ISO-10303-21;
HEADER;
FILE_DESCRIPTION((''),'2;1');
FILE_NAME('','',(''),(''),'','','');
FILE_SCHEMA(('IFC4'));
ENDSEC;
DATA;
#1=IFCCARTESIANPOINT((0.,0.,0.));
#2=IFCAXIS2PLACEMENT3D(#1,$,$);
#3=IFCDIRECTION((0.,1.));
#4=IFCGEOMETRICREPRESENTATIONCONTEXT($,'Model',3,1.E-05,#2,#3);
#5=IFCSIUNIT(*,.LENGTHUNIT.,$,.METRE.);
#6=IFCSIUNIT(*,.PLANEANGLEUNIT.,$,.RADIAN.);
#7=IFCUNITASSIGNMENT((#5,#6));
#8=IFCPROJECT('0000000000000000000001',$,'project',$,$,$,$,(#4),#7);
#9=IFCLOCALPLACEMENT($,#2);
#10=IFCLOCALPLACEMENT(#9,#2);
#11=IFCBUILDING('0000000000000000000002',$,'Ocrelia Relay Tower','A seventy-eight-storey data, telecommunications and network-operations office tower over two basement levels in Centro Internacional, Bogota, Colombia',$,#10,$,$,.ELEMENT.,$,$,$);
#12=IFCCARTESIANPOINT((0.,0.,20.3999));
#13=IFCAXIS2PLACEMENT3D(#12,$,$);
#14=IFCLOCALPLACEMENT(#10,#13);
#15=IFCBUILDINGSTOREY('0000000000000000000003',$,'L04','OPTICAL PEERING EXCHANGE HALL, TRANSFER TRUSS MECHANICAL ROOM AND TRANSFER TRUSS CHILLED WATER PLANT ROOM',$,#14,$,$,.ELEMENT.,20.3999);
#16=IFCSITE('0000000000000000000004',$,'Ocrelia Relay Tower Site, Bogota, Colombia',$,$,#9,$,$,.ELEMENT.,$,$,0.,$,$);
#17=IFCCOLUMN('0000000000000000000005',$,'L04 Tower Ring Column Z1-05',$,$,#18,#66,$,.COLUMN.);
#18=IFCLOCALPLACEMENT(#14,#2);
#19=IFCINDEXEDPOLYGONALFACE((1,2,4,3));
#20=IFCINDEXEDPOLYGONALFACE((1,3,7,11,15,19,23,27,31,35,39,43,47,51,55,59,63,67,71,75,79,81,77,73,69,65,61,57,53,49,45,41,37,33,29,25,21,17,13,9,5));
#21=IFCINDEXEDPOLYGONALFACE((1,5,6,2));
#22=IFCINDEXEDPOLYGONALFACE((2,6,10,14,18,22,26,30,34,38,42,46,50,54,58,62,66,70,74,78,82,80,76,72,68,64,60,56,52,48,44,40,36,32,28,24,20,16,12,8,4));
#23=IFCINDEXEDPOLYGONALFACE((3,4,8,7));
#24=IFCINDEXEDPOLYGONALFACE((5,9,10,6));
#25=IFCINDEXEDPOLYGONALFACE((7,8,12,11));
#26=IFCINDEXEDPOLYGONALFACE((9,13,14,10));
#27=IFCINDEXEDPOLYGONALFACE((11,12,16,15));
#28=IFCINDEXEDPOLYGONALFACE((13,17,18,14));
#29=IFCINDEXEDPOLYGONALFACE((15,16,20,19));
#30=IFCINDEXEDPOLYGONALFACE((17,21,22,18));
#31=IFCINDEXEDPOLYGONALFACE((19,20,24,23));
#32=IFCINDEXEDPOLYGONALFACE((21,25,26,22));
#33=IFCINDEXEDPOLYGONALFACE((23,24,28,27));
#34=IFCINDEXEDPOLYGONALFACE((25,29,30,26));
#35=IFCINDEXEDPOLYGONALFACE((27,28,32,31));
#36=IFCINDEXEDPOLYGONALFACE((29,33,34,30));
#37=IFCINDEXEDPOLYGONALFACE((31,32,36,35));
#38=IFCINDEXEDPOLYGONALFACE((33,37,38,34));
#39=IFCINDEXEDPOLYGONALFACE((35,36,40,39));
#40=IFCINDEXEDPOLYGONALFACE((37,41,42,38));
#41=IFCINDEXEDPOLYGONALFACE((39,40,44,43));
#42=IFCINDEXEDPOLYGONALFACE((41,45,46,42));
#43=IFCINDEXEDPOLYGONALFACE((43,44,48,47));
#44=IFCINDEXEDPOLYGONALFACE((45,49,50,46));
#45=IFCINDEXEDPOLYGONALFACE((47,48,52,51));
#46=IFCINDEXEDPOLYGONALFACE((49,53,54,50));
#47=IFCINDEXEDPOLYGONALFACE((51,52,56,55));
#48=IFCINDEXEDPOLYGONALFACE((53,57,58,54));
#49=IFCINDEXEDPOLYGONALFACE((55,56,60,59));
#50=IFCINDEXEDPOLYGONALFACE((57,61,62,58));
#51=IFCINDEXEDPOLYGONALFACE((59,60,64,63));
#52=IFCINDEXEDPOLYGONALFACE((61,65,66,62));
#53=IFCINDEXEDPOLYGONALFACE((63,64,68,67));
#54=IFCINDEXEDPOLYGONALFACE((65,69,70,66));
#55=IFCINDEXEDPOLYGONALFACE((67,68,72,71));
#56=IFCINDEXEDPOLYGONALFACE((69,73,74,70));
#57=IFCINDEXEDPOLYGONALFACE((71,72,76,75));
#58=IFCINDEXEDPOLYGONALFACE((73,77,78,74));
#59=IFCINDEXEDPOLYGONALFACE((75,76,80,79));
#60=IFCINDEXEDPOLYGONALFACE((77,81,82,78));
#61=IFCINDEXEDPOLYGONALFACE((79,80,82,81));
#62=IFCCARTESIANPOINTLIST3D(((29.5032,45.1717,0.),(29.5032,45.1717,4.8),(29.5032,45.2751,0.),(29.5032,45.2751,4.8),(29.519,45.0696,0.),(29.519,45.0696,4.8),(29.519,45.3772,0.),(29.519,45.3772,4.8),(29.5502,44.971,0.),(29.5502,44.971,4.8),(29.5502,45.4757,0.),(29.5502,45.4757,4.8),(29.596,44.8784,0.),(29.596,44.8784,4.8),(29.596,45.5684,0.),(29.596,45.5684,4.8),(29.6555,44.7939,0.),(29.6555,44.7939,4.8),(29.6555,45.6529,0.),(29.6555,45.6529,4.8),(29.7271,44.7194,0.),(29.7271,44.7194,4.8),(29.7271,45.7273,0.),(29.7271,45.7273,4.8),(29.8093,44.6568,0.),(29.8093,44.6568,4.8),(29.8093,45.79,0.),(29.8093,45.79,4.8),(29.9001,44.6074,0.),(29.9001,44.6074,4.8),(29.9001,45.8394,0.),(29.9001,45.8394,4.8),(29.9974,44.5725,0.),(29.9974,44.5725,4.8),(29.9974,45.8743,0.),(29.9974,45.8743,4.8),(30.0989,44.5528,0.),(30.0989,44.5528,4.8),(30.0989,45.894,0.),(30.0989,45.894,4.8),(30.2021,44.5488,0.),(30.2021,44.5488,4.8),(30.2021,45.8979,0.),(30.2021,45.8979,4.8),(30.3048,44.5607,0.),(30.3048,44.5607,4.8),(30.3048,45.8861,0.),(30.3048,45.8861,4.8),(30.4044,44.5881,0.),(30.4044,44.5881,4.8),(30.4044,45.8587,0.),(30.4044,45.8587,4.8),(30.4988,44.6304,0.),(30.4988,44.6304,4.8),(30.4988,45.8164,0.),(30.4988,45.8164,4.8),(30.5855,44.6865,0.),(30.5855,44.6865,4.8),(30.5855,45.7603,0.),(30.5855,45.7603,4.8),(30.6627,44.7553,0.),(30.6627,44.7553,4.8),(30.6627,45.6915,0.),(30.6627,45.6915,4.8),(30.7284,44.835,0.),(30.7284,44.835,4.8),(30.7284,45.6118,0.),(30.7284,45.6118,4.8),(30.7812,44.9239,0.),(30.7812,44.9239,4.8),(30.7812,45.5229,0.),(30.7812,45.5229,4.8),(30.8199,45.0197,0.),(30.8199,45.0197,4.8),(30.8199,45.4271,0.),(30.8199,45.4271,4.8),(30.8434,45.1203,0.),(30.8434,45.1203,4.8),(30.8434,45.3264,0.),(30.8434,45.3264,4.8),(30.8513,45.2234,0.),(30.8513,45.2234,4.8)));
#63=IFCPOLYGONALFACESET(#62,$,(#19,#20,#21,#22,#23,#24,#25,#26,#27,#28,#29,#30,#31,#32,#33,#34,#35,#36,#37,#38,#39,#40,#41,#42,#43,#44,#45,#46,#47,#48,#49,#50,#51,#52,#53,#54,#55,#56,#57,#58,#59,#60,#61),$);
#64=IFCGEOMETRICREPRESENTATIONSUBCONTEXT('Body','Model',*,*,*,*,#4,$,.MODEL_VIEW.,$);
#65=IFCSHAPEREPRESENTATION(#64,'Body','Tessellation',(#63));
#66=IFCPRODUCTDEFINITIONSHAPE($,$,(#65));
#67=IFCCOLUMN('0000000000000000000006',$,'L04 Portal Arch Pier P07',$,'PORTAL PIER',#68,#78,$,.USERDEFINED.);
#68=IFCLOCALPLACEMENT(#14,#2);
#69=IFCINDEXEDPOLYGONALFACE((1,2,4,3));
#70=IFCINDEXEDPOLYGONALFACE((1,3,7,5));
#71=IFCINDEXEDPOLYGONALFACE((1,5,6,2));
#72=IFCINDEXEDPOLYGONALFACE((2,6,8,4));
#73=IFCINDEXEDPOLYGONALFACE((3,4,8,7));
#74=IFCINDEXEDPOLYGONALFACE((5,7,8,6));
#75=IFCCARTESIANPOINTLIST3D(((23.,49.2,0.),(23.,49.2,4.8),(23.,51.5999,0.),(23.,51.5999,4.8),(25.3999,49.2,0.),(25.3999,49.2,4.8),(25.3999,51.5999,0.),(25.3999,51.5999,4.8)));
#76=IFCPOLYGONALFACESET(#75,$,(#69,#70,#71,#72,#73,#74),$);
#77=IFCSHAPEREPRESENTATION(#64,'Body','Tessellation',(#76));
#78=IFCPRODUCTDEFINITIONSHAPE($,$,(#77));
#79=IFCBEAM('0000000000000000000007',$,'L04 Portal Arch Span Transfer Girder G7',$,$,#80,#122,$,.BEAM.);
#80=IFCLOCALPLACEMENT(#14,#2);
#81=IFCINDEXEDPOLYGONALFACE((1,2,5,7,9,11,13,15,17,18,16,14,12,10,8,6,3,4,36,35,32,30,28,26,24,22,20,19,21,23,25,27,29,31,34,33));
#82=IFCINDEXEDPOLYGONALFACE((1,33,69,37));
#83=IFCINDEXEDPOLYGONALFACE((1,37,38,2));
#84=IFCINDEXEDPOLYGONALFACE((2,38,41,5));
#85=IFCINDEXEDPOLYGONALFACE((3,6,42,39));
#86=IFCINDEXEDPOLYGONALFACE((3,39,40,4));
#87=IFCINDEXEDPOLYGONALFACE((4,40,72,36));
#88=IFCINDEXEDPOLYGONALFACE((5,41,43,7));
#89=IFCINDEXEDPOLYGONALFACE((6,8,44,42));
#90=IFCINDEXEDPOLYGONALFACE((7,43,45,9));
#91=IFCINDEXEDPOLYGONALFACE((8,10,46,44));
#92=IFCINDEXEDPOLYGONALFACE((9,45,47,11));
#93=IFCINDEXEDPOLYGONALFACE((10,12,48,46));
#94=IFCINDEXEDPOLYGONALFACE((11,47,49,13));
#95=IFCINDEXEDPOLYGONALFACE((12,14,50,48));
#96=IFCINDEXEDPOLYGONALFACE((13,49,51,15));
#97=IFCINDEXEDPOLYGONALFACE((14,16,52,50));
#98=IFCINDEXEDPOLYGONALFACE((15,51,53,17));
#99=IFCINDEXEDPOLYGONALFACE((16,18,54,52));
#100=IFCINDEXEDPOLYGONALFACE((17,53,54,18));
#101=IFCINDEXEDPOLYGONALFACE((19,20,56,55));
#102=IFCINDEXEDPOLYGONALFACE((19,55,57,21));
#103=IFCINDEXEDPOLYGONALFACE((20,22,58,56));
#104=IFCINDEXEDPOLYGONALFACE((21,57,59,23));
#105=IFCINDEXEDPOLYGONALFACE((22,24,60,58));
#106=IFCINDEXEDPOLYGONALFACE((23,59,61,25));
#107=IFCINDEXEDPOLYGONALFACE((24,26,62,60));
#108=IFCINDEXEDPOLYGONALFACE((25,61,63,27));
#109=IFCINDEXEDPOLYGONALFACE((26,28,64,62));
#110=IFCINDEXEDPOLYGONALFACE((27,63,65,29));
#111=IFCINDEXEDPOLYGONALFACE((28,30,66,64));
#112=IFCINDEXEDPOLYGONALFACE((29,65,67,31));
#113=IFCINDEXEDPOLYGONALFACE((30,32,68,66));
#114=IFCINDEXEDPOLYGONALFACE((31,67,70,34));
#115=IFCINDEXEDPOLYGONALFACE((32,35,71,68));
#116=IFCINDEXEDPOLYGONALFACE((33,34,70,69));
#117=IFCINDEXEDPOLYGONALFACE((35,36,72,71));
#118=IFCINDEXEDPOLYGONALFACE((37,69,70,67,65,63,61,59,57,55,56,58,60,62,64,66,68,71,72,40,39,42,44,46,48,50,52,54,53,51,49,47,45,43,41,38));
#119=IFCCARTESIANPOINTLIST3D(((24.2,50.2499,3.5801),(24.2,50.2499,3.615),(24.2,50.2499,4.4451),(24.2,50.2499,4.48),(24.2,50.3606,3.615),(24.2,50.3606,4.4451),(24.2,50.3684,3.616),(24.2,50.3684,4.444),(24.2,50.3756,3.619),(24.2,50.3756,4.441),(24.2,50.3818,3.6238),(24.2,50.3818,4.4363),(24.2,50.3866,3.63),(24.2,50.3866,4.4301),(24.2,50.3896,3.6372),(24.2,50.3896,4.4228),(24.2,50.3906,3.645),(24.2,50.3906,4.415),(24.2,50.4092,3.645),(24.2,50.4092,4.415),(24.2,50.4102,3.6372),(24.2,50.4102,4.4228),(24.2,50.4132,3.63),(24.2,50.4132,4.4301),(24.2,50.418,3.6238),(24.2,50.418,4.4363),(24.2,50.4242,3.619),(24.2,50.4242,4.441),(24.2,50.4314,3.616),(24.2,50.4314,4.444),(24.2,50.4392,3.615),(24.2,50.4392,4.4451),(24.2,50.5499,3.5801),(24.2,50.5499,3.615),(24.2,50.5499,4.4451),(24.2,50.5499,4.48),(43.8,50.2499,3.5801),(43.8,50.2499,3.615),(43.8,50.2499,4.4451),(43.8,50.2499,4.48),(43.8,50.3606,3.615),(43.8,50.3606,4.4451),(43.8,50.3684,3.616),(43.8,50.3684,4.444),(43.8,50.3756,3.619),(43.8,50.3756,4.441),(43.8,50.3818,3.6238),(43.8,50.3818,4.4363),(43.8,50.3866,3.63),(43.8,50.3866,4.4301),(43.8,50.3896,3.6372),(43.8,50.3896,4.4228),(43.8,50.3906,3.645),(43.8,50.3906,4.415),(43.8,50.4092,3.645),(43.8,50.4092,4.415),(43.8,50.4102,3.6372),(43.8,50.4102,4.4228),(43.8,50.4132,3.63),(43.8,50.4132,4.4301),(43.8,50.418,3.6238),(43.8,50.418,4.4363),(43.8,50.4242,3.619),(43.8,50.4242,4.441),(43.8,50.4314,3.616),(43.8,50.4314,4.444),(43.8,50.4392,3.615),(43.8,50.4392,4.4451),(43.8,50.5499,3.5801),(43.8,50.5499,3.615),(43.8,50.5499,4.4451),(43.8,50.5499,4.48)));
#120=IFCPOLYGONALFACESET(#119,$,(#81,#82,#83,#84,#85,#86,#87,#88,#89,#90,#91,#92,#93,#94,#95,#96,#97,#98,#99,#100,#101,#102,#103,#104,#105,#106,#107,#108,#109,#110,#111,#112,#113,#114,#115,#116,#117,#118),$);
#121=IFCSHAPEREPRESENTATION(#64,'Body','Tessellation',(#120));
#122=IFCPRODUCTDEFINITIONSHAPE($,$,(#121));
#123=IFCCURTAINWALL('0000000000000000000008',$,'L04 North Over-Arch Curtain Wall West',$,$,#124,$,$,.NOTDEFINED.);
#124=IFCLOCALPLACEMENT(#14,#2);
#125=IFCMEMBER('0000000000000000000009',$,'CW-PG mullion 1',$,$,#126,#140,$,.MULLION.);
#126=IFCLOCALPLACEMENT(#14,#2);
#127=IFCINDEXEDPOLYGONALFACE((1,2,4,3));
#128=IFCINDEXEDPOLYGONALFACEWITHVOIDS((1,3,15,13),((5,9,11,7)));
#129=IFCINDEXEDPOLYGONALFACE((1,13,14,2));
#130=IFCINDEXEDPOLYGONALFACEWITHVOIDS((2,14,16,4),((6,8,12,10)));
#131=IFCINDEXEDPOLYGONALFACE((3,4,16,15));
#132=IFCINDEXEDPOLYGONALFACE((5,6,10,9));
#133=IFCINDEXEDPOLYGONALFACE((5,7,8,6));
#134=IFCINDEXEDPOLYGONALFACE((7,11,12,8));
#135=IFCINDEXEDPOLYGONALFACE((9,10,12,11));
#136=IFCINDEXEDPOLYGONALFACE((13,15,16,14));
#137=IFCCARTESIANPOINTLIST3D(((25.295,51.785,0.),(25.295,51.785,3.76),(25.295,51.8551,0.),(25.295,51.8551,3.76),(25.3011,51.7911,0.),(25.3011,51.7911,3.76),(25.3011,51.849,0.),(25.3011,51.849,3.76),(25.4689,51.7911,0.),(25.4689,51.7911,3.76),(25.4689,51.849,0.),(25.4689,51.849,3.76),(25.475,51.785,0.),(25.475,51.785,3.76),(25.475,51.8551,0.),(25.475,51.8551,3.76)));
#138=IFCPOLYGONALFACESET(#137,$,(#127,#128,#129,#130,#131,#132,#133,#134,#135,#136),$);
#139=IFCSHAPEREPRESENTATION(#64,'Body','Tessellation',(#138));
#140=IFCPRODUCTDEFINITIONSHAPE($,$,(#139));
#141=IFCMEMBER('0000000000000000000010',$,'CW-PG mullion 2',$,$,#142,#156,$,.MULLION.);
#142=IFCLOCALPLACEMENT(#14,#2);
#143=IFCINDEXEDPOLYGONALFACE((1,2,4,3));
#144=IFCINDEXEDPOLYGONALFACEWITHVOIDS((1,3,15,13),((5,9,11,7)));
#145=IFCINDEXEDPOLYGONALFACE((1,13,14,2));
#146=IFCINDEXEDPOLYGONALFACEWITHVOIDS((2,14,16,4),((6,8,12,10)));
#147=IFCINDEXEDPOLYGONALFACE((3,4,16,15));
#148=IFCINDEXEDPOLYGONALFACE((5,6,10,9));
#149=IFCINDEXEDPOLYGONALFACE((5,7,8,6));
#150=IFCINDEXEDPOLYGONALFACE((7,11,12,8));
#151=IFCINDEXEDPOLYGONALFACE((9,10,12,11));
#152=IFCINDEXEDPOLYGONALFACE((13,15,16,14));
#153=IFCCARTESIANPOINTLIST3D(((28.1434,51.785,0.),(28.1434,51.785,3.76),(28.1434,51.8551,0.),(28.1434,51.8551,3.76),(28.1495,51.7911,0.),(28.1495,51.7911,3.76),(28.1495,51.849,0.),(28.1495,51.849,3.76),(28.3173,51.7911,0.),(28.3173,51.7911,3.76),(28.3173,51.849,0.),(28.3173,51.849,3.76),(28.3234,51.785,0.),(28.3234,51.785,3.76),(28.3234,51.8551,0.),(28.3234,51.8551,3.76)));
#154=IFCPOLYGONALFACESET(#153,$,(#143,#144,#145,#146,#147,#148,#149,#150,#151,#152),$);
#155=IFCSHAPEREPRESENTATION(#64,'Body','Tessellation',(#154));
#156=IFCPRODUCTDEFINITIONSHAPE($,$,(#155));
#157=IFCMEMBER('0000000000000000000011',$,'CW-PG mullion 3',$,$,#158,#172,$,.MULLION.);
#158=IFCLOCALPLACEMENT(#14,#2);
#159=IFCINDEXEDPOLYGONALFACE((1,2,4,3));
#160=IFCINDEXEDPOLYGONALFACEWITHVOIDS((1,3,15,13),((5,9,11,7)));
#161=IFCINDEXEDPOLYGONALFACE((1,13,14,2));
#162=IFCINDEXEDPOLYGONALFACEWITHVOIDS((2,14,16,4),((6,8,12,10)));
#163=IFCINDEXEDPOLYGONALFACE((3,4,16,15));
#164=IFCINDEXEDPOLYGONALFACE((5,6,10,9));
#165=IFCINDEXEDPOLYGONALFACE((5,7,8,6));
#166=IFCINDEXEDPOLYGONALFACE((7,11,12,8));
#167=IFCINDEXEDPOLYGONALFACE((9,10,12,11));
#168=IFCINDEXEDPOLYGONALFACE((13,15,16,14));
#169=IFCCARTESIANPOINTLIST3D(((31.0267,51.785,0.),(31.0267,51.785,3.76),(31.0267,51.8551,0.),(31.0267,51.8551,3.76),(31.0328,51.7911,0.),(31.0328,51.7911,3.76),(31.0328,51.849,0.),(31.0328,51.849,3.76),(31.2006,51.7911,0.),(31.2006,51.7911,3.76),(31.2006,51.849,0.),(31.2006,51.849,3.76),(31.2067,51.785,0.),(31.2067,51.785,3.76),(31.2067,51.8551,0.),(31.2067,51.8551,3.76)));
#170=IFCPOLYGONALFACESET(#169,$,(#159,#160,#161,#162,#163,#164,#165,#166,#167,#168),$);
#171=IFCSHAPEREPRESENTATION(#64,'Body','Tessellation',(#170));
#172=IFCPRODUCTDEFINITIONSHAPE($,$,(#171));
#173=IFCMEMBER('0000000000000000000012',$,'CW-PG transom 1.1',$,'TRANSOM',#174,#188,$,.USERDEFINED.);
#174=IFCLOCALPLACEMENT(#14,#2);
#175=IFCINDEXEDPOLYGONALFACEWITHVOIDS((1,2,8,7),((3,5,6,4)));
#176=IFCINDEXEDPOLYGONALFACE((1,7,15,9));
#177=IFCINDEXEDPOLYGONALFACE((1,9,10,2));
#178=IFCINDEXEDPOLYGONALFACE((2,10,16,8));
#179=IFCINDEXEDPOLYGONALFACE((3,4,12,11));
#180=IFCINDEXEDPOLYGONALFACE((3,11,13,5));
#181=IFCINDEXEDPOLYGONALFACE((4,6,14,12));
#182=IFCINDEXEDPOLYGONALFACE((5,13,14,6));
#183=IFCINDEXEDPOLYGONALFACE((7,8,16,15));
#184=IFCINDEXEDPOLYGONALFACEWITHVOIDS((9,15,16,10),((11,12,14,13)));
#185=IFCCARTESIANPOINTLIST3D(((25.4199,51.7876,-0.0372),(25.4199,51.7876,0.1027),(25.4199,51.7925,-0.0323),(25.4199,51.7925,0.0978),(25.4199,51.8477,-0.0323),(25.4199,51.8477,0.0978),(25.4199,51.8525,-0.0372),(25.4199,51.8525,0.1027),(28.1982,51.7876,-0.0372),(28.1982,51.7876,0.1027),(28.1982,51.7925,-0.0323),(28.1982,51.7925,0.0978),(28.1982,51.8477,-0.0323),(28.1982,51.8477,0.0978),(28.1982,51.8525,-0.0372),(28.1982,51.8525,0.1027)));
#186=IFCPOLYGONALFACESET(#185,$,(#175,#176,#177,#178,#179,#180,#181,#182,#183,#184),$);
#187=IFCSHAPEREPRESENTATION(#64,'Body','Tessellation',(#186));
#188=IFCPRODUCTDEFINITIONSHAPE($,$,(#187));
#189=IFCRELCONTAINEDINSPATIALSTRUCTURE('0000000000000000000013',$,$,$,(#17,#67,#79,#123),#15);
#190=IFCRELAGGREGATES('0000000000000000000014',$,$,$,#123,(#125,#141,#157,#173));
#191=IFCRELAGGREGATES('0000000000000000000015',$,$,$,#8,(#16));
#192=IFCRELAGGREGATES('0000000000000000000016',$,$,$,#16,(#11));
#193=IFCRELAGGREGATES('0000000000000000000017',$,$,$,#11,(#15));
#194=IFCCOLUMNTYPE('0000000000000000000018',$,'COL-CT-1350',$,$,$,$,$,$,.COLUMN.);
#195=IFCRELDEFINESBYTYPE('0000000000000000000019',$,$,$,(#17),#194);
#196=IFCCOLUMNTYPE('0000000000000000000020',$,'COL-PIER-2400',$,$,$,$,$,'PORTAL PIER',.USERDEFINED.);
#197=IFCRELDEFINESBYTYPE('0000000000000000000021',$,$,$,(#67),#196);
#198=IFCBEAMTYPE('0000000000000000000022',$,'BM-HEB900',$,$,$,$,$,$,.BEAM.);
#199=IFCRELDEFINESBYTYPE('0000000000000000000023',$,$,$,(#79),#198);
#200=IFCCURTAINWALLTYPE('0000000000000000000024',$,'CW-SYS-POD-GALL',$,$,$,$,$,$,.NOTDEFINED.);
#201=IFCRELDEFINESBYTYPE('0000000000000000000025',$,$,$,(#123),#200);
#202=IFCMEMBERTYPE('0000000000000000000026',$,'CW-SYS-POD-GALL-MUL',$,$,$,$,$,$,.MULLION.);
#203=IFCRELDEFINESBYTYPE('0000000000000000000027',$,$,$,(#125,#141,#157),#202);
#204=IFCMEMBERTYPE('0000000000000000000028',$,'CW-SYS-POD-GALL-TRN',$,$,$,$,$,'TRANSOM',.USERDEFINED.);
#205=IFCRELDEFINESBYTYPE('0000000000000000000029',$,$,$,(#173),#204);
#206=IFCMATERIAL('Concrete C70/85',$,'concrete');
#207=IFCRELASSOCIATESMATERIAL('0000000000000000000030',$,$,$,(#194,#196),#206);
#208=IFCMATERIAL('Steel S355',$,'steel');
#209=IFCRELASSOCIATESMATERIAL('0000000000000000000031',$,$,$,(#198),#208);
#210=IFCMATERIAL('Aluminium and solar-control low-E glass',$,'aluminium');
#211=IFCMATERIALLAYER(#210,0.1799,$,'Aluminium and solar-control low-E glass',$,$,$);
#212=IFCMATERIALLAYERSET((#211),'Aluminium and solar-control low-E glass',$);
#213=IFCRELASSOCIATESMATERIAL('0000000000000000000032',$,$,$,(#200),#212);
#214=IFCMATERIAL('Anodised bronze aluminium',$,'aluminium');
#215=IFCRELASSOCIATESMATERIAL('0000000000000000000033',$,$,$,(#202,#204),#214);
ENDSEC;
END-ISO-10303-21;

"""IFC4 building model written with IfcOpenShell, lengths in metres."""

from ifc_helpers import new_model, si_unit, direction, frame, origin, origin_2d, place, context, subcontext, project, spatial, rectangle, hollow_rectangle, circle, i_section, extrude, material, layer, layer_set, material_profile, profile_set, type_object, element, aggregate, save


model = new_model("IFC4")

# Units and contexts
model_context = context("Model", 3, precision=1e-05, world=origin(), true_north=direction((0.0, 1.0)))
body_context = subcontext(model_context, "Body", "Model", "MODEL_VIEW")
ifc_project = project(units=[si_unit("LENGTHUNIT", "METRE"), si_unit("PLANEANGLEUNIT", "RADIAN")], contexts=[model_context])

# Site, building, storey
site_placement = place(None, origin())
site = spatial("IfcSite", under=ifc_project, at=site_placement, Name="Ocrelia Relay Tower Site, Bogota, Colombia", CompositionType="ELEMENT", RefElevation=0.0)
building_placement = place(site_placement, origin())
building = spatial("IfcBuilding", under=site, at=building_placement, Name="Ocrelia Relay Tower", Description="A seventy-eight-storey data, telecommunications and network-operations office tower over two basement levels in Centro Internacional, Bogota, Colombia", CompositionType="ELEMENT")
storey_placement = place(building_placement, frame((0.0, 0.0, 20.3999)))
storey = spatial("IfcBuildingStorey", under=building, at=storey_placement, Name="L04", Description="OPTICAL PEERING EXCHANGE HALL, TRANSFER TRUSS MECHANICAL ROOM AND TRANSFER TRUSS CHILLED WATER PLANT ROOM", CompositionType="ELEMENT", Elevation=20.3999)

# Columns
ifc_material_1 = material(Name="Concrete C70/85", Category="concrete")
ifc_material_profile_1 = material_profile(ifc_material_1, circle(Radius=0.675, at=origin_2d()), Name="RC-CIR-1350")
ifc_profile_set_1 = profile_set([ifc_material_profile_1], Name="Concrete C70/85")
column_type_1 = type_object("IfcColumnType", Name="COL-CT-1350", PredefinedType="COLUMN", material=ifc_profile_set_1)
column_1_placement = place(storey_placement, frame((30.1763, 45.2234, 0.0), z_axis=(0.0, 0.0, 1.0), x_axis=(1.0, 0.0, 0.0)))
element("IfcColumn", 1, at=column_1_placement, inside=storey, type_object=column_type_1, Name="L04 Tower Ring Column Z1-05", PredefinedType="COLUMN", context=body_context, shape_type="SweptSolid", body=[
    extrude(circle(Radius=0.675, at=origin_2d()), origin(), (0.0, 0.0, 1.0), 4.8),
])
ifc_material_profile_2 = material_profile(ifc_material_1, rectangle(XDim=2.3999, YDim=2.3999, at=origin_2d()), Name="RC-PIER-2400x2400")
ifc_profile_set_2 = profile_set([ifc_material_profile_2], Name="Concrete C70/85")
column_type_2 = type_object("IfcColumnType", Name="COL-PIER-2400", ElementType="PORTAL PIER", PredefinedType="USERDEFINED", material=ifc_profile_set_2)
column_2_placement = place(storey_placement, frame((24.2, 50.3999, 0.0), z_axis=(0.0, 0.0, 1.0), x_axis=(1.0, 0.0, 0.0)))
element("IfcColumn", 2, at=column_2_placement, inside=storey, type_object=column_type_2, Name="L04 Portal Arch Pier P07", ObjectType="PORTAL PIER", PredefinedType="USERDEFINED", context=body_context, shape_type="SweptSolid", body=[
    extrude(rectangle(XDim=2.3999, YDim=2.3999, at=origin_2d()), origin(), (0.0, 0.0, 1.0), 4.8),
])

# Beam
ifc_material_2 = material(Name="Steel S355", Category="steel")
ifc_material_profile_3 = material_profile(ifc_material_2, i_section(OverallWidth=0.3, OverallDepth=0.8999, WebThickness=0.0186, FlangeThickness=0.0349, FilletRadius=0.03, at=origin_2d()), Name="HEB 900")
ifc_profile_set_3 = profile_set([ifc_material_profile_3], Name="Steel S355")
beam_type = type_object("IfcBeamType", Name="BM-HEB900", PredefinedType="BEAM", material=ifc_profile_set_3)
beam_placement = place(storey_placement, frame((24.2, 50.3999, 4.03), z_axis=(1.0, 0.0, 0.0), x_axis=(0.0, 1.0, 0.0)))
element("IfcBeam", 3, at=beam_placement, inside=storey, type_object=beam_type, Name="L04 Portal Arch Span Transfer Girder G7", PredefinedType="BEAM", context=body_context, shape_type="SweptSolid", body=[
    extrude(i_section(OverallWidth=0.3, OverallDepth=0.8999, WebThickness=0.0186, FlangeThickness=0.0349, FilletRadius=0.03, at=origin_2d()), origin(), (0.0, 0.0, 1.0), 19.6001),
])

# Curtain wall, members
ifc_material_3 = material(Name="Aluminium and solar-control low-E glass", Category="aluminium")
ifc_layer_1 = layer(ifc_material_3, 0.1799, Name="Aluminium and solar-control low-E glass")
ifc_layer_set_1 = layer_set([ifc_layer_1], Name="Aluminium and solar-control low-E glass")
curtain_wall_type = type_object("IfcCurtainWallType", Name="CW-SYS-POD-GALL", PredefinedType="NOTDEFINED", material=ifc_layer_set_1)
curtain_wall_placement = place(storey_placement, origin())
curtain_wall = element("IfcCurtainWall", 4, at=curtain_wall_placement, inside=storey, type_object=curtain_wall_type, Name="L04 North Over-Arch Curtain Wall West", PredefinedType="NOTDEFINED")
ifc_material_4 = material(Name="Anodised bronze aluminium", Category="aluminium")
ifc_material_profile_4 = material_profile(ifc_material_4, hollow_rectangle(XDim=0.0701, YDim=0.1799, WallThickness=0.0061, at=origin_2d()), Name="CW-MUL-180x70")
ifc_profile_set_4 = profile_set([ifc_material_profile_4], Name="Anodised bronze aluminium")
member_type_1 = type_object("IfcMemberType", Name="CW-SYS-POD-GALL-MUL", PredefinedType="MULLION", material=ifc_profile_set_4)
member_1_placement = place(storey_placement, frame((25.385, 51.8201, 0.0), z_axis=(0.0, 0.0, 1.0), x_axis=(0.0, 1.0, 0.0)))
member_1 = element("IfcMember", 5, at=member_1_placement, type_object=member_type_1, Name="CW-PG mullion 1", PredefinedType="MULLION", context=body_context, shape_type="SweptSolid", body=[
    extrude(hollow_rectangle(XDim=0.0701, YDim=0.1799, WallThickness=0.0061, at=origin_2d()), origin(), (0.0, 0.0, 1.0), 3.76),
])
member_2_placement = place(storey_placement, frame((28.2334, 51.8201, 0.0), z_axis=(0.0, 0.0, 1.0), x_axis=(0.0, 1.0, 0.0)))
member_2 = element("IfcMember", 6, at=member_2_placement, type_object=member_type_1, Name="CW-PG mullion 2", PredefinedType="MULLION", context=body_context, shape_type="SweptSolid", body=[
    extrude(hollow_rectangle(XDim=0.0701, YDim=0.1799, WallThickness=0.0061, at=origin_2d()), origin(), (0.0, 0.0, 1.0), 3.76),
])
member_3_placement = place(storey_placement, frame((31.1167, 51.8201, 0.0), z_axis=(0.0, 0.0, 1.0), x_axis=(0.0, 1.0, 0.0)))
member_3 = element("IfcMember", 7, at=member_3_placement, type_object=member_type_1, Name="CW-PG mullion 3", PredefinedType="MULLION", context=body_context, shape_type="SweptSolid", body=[
    extrude(hollow_rectangle(XDim=0.0701, YDim=0.1799, WallThickness=0.0061, at=origin_2d()), origin(), (0.0, 0.0, 1.0), 3.76),
])
ifc_material_profile_5 = material_profile(ifc_material_4, hollow_rectangle(XDim=0.0649, YDim=0.1399, WallThickness=0.0049, at=origin_2d()), Name="CW-TRN-140x65")
ifc_profile_set_5 = profile_set([ifc_material_profile_5], Name="Anodised bronze aluminium")
member_type_2 = type_object("IfcMemberType", Name="CW-SYS-POD-GALL-TRN", ElementType="TRANSOM", PredefinedType="USERDEFINED", material=ifc_profile_set_5)
member_4_placement = place(storey_placement, frame((25.4199, 51.8201, 0.0327), z_axis=(1.0, 0.0, 0.0), x_axis=(0.0, 1.0, 0.0)))
member_4 = element("IfcMember", 8, at=member_4_placement, type_object=member_type_2, Name="CW-PG transom 1.1", ObjectType="TRANSOM", PredefinedType="USERDEFINED", context=body_context, shape_type="SweptSolid", body=[
    extrude(hollow_rectangle(XDim=0.0649, YDim=0.1399, WallThickness=0.0049, at=origin_2d()), origin(), (0.0, 0.0, 1.0), 2.7783),
])

aggregate(curtain_wall, [member_1, member_2, member_3, member_4])

save(model, "model.ifc")
